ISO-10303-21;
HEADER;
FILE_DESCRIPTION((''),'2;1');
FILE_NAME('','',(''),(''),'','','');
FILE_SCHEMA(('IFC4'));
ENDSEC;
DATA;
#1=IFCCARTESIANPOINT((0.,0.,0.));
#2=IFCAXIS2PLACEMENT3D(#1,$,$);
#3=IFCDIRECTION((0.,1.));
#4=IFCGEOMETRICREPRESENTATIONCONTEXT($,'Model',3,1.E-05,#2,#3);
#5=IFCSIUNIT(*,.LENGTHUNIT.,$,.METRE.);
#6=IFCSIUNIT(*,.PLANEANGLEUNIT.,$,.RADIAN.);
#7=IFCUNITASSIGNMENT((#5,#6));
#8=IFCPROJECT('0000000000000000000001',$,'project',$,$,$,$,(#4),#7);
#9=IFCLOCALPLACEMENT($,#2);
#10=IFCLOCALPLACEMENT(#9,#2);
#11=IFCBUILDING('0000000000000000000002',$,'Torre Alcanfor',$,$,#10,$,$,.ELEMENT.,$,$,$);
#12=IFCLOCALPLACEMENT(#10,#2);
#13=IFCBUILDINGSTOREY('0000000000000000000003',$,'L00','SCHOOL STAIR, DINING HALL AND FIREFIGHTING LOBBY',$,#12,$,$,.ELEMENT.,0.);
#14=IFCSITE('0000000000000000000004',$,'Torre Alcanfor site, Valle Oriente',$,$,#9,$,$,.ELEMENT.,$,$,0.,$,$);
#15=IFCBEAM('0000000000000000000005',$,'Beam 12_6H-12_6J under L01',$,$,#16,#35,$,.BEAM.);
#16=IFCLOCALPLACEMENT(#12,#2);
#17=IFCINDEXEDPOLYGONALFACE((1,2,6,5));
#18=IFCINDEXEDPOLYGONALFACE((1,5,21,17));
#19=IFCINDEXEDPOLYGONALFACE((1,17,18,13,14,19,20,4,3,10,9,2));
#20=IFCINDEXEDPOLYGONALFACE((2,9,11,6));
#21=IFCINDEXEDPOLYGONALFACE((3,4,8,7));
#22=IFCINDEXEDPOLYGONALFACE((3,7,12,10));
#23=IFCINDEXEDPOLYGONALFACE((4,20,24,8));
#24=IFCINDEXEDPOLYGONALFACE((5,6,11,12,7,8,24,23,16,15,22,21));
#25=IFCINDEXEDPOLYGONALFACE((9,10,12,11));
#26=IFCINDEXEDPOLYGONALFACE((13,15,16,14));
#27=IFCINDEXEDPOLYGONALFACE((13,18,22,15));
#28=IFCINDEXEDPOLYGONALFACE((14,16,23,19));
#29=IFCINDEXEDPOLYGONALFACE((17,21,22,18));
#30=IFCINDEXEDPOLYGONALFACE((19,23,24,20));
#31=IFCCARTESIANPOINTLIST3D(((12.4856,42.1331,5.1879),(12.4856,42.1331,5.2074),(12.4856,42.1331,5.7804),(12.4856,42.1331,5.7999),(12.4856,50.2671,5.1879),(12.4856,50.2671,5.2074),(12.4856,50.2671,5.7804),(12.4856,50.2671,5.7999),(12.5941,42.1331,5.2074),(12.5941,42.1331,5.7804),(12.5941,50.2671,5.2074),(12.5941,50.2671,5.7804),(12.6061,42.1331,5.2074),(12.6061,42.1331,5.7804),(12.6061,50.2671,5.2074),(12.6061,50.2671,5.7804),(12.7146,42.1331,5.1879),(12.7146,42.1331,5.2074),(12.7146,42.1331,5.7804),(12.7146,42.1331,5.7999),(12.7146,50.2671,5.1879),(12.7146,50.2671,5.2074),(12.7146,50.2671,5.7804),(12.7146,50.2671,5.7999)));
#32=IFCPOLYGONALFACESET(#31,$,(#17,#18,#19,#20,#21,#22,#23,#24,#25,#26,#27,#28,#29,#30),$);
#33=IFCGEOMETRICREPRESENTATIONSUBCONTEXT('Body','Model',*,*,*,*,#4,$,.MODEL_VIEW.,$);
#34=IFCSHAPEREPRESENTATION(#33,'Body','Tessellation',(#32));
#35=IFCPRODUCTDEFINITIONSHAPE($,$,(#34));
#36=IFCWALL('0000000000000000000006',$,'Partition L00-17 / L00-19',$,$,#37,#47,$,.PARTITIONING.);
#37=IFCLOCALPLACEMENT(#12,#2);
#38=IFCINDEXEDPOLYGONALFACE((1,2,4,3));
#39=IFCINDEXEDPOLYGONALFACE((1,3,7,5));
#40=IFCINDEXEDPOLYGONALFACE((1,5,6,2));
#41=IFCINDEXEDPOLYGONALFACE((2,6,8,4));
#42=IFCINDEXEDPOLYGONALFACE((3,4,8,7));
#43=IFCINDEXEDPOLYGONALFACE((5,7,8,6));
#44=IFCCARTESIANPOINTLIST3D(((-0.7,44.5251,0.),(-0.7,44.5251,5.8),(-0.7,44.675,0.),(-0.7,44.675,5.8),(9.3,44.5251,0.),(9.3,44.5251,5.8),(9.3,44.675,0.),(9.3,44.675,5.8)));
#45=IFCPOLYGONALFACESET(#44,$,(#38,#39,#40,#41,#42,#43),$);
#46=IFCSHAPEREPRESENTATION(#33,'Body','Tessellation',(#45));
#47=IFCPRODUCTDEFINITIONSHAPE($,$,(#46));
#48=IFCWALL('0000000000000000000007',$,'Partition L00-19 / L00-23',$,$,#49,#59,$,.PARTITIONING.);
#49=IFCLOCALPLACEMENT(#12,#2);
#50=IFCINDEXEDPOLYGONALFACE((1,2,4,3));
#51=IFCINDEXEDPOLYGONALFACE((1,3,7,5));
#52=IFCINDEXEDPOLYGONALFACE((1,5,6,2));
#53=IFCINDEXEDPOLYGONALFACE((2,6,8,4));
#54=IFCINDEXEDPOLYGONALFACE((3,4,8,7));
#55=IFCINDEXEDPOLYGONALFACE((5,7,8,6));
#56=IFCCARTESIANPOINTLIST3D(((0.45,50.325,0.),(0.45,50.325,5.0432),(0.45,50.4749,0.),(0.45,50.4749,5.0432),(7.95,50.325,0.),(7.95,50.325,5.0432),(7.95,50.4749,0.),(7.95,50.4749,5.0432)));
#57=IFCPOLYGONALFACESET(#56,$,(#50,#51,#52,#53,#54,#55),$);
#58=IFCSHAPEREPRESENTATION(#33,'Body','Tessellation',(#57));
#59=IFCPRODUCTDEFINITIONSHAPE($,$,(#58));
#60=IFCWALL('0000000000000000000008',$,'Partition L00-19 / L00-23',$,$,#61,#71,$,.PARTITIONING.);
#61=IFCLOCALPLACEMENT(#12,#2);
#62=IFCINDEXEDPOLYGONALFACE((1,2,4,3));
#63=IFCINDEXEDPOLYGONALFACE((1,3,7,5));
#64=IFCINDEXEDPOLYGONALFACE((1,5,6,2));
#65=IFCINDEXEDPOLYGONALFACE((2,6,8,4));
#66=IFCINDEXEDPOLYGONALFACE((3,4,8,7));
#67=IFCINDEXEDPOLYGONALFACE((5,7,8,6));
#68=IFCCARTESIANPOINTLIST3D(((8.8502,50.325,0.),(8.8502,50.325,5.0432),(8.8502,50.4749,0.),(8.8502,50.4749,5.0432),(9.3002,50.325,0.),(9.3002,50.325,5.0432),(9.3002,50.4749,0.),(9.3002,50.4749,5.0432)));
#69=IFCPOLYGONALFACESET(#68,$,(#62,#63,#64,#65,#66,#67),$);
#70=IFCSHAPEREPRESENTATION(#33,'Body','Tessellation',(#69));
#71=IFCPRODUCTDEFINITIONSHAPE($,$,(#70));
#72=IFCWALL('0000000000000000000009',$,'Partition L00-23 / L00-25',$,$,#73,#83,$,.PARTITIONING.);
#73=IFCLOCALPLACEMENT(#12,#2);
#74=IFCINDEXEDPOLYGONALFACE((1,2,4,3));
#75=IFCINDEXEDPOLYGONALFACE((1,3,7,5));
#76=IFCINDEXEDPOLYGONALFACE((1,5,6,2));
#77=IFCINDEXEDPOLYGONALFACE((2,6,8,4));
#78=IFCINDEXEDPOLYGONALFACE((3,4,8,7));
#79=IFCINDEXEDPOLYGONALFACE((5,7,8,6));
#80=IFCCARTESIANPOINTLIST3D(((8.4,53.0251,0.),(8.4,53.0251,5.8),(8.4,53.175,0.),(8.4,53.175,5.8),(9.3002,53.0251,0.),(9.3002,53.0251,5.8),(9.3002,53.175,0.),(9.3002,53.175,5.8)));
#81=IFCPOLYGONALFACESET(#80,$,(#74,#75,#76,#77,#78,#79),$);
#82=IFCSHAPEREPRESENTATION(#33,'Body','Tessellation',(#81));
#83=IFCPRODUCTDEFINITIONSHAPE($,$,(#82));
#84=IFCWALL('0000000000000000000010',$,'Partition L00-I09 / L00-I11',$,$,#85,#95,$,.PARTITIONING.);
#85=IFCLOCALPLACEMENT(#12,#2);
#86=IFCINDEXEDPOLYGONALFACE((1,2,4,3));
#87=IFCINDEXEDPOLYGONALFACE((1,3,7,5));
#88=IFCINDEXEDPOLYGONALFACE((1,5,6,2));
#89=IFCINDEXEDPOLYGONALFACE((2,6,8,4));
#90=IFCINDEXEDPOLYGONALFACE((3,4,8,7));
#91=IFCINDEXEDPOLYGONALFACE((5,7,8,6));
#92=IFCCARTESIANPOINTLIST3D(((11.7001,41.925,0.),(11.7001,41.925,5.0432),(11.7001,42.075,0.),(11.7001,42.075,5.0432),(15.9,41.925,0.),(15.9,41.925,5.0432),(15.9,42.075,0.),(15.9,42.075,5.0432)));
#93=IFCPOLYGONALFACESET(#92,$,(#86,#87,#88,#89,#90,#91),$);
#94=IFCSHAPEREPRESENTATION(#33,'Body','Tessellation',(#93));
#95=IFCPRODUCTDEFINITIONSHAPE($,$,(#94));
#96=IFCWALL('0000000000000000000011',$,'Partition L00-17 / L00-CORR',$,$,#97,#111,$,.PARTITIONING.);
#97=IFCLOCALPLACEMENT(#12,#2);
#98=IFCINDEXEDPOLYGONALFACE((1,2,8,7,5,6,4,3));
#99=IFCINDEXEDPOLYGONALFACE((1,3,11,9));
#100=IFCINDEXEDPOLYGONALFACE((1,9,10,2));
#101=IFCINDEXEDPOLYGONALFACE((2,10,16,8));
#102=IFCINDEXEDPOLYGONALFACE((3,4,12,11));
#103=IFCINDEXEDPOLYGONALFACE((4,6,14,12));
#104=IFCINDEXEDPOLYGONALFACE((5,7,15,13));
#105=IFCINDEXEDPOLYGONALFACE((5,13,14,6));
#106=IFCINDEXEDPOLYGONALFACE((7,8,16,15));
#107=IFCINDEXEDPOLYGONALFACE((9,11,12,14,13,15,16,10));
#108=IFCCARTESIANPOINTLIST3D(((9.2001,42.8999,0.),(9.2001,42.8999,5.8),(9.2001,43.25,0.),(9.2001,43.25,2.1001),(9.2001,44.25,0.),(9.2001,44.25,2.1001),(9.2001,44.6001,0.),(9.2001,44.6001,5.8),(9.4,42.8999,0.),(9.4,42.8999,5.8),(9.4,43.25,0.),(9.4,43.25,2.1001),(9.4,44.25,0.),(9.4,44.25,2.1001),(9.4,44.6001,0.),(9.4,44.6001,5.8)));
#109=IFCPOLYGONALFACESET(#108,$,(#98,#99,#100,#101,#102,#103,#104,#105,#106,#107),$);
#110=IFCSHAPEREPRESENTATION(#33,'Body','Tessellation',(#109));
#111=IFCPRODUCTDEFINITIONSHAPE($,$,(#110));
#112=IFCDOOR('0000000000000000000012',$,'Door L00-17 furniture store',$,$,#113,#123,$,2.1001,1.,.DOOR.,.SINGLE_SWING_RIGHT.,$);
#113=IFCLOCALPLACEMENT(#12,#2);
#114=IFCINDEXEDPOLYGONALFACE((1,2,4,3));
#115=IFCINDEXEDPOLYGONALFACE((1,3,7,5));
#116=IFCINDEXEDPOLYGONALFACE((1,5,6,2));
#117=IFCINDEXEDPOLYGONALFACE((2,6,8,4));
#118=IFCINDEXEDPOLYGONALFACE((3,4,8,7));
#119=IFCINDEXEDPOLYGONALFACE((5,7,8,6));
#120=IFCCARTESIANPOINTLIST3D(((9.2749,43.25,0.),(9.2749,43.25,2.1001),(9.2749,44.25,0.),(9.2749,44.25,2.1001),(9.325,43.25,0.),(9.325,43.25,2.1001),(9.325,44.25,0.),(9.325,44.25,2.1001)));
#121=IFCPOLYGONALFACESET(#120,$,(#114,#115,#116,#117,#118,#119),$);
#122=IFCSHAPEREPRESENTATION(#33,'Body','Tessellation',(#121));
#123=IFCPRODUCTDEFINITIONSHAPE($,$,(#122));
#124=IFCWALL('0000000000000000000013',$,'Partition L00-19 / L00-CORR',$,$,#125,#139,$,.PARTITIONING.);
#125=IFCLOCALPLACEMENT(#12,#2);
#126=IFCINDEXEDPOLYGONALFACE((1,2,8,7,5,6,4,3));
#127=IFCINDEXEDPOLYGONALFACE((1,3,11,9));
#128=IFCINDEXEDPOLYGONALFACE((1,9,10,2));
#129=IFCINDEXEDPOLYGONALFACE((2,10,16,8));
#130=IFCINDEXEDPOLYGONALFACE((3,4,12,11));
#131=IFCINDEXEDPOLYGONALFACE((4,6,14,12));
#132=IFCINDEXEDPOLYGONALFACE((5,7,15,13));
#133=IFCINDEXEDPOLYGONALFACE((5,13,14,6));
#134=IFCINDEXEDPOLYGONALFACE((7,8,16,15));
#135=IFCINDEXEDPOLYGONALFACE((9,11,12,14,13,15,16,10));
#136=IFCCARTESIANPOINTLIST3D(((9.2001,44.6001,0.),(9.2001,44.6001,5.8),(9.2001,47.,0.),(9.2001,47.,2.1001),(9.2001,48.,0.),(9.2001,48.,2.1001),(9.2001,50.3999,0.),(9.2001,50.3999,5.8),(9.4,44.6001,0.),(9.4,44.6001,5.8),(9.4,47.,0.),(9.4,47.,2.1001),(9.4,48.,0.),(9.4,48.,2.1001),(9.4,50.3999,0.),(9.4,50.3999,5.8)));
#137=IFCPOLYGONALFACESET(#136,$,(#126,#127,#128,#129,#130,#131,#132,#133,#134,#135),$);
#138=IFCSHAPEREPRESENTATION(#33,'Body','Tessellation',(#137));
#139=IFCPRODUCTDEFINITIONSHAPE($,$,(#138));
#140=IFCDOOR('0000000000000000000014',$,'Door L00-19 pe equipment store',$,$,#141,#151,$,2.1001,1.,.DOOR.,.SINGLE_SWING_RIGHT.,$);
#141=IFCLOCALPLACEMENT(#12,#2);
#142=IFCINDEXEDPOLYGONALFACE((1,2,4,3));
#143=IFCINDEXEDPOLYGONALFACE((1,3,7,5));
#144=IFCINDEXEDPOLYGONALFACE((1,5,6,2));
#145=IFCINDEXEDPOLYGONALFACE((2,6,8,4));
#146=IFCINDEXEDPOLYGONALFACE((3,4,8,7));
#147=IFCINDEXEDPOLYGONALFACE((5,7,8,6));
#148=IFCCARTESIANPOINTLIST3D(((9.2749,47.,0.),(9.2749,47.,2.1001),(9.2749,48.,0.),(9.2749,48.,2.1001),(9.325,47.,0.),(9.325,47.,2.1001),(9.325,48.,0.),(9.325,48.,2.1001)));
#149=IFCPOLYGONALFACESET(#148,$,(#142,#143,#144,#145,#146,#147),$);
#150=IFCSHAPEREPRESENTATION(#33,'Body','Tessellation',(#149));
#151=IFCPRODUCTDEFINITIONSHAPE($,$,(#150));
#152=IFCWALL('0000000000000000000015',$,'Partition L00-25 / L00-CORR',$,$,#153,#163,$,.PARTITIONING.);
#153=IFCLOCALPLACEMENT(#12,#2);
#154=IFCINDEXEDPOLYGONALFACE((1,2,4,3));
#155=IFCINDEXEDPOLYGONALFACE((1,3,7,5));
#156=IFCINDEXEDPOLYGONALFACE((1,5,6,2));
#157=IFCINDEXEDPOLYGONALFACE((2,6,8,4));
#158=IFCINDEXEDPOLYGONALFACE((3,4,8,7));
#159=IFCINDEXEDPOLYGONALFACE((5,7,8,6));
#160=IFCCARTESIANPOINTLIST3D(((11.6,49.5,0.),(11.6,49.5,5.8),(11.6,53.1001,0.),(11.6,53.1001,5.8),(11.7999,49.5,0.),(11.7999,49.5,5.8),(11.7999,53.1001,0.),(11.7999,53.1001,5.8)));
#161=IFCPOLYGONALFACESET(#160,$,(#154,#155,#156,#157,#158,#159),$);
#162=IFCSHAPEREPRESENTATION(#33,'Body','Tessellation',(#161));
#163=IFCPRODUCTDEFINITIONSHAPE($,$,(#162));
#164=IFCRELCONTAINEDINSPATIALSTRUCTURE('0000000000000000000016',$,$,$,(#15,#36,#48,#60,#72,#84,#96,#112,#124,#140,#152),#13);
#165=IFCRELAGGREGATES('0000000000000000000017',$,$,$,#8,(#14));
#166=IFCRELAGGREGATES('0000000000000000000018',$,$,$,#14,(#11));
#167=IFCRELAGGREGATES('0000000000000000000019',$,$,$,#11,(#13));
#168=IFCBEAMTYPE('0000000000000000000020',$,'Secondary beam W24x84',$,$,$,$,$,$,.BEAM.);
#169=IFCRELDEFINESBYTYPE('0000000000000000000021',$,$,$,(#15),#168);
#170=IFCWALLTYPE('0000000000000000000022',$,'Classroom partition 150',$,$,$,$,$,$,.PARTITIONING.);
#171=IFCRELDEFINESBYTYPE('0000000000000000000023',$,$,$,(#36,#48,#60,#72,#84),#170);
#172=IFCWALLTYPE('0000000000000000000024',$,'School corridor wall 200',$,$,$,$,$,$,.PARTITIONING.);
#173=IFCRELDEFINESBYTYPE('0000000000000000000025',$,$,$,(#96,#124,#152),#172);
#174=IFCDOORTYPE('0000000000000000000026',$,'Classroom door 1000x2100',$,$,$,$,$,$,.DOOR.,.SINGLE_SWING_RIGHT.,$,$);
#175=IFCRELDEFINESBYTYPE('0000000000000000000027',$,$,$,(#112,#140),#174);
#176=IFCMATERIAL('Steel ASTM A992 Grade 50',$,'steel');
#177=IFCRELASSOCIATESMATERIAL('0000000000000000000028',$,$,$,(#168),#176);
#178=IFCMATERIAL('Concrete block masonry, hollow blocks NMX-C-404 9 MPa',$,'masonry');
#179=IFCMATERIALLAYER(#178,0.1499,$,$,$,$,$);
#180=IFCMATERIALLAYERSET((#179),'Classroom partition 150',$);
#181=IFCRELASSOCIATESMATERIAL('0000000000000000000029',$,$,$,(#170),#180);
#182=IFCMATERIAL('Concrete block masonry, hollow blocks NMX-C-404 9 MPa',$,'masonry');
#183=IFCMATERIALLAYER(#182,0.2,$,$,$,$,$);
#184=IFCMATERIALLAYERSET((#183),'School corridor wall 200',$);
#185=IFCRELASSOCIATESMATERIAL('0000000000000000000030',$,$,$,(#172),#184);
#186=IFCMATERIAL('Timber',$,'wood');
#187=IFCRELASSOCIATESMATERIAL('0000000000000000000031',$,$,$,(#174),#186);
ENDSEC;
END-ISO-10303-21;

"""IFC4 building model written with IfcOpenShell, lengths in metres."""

from ifc_helpers import new_model, si_unit, direction, frame, frame_2d, origin, origin_2d, place, context, subcontext, project, spatial, rectangle, i_section, extrude, material, layer, layer_set, material_profile, profile_set, type_object, element, fill, save


model = new_model("IFC4")

# Units and contexts
model_context = context("Model", 3, precision=1e-05, world=origin(), true_north=direction((0.0, 1.0)))
body_context = subcontext(model_context, "Body", "Model", "MODEL_VIEW")
ifc_project = project(units=[si_unit("LENGTHUNIT", "METRE"), si_unit("PLANEANGLEUNIT", "RADIAN")], contexts=[model_context])

# Site, building, storey
site_placement = place(None, origin())
site = spatial("IfcSite", under=ifc_project, at=site_placement, Name="Torre Alcanfor site, Valle Oriente", CompositionType="ELEMENT", RefElevation=0.0)
building_placement = place(site_placement, origin())
building = spatial("IfcBuilding", under=site, at=building_placement, Name="Torre Alcanfor", CompositionType="ELEMENT")
storey_placement = place(building_placement, origin())
storey = spatial("IfcBuildingStorey", under=building, at=storey_placement, Name="L00", Description="SCHOOL STAIR, DINING HALL AND FIREFIGHTING LOBBY", CompositionType="ELEMENT", Elevation=0.0)

# Beam
ifc_material_1 = material(Name="Steel ASTM A992 Grade 50", Category="steel")
ifc_material_profile_1 = material_profile(ifc_material_1, i_section(OverallWidth=0.229, OverallDepth=0.6121, WebThickness=0.012, FlangeThickness=0.0195, at=origin_2d()), Name="W24x84")
ifc_profile_set_1 = profile_set([ifc_material_profile_1], Name="Steel ASTM A992 Grade 50")
beam_type_1 = type_object("IfcBeamType", Name="Secondary beam W24x84", PredefinedType="BEAM", material=ifc_profile_set_1)
beam_1_placement = place(storey_placement, frame((12.6001, 42.1331, 5.4939), z_axis=(0.0, 1.0, 0.0), x_axis=(-1.0, 0.0, 0.0)))
element("IfcBeam", 1, at=beam_1_placement, inside=storey, type_object=beam_type_1, Name="Beam 12_6H-12_6J under L01", PredefinedType="BEAM", context=body_context, shape_type="SweptSolid", body=[
    extrude(i_section(OverallWidth=0.229, OverallDepth=0.6121, WebThickness=0.012, FlangeThickness=0.0195, at=origin_2d()), origin(), (0.0, 0.0, 1.0), 8.134),
])

# Walls
ifc_material_2 = material(Name="Concrete block masonry, hollow blocks NMX-C-404 9 MPa", Category="masonry")
ifc_layer_1 = layer(ifc_material_2, 0.1499)
ifc_layer_set_1 = layer_set([ifc_layer_1], Name="Classroom partition 150")
wall_type_1 = type_object("IfcWallType", Name="Classroom partition 150", PredefinedType="PARTITIONING", material=ifc_layer_set_1)
wall_1_placement = place(storey_placement, frame((-0.7, 44.6001, 0.0), z_axis=(0.0, 0.0, 1.0), x_axis=(1.0, 0.0, 0.0)))
element("IfcWall", 2, at=wall_1_placement, inside=storey, type_object=wall_type_1, Name="Partition L00-17 / L00-19", PredefinedType="PARTITIONING", context=body_context, shape_type="SweptSolid", body=[
    extrude(rectangle(XDim=10.0, YDim=0.1499, at=frame_2d((5.0, 0.0))), origin(), (0.0, 0.0, 1.0), 5.8),
])
wall_2_placement = place(storey_placement, frame((0.45, 50.3999, 0.0), z_axis=(0.0, 0.0, 1.0), x_axis=(1.0, 0.0, 0.0)))
element("IfcWall", 3, at=wall_2_placement, inside=storey, type_object=wall_type_1, Name="Partition L00-19 / L00-23", PredefinedType="PARTITIONING", context=body_context, shape_type="SweptSolid", body=[
    extrude(rectangle(XDim=7.5, YDim=0.1499, at=frame_2d((3.75, 0.0))), origin(), (0.0, 0.0, 1.0), 5.0432),
])
wall_3_placement = place(storey_placement, frame((8.8501, 50.3999, 0.0), z_axis=(0.0, 0.0, 1.0), x_axis=(1.0, 0.0, 0.0)))
element("IfcWall", 4, at=wall_3_placement, inside=storey, type_object=wall_type_1, Name="Partition L00-19 / L00-23", PredefinedType="PARTITIONING", context=body_context, shape_type="SweptSolid", body=[
    extrude(rectangle(XDim=0.45, YDim=0.1499, at=frame_2d((0.2251, 0.0))), origin(), (0.0, 0.0, 1.0), 5.0432),
])
wall_4_placement = place(storey_placement, frame((8.3999, 53.1001, 0.0), z_axis=(0.0, 0.0, 1.0), x_axis=(1.0, 0.0, 0.0)))
element("IfcWall", 5, at=wall_4_placement, inside=storey, type_object=wall_type_1, Name="Partition L00-23 / L00-25", PredefinedType="PARTITIONING", context=body_context, shape_type="SweptSolid", body=[
    extrude(rectangle(XDim=0.9001, YDim=0.1499, at=frame_2d((0.4502, 0.0))), origin(), (0.0, 0.0, 1.0), 5.8),
])
wall_5_placement = place(storey_placement, frame((11.7, 42.0, 0.0), z_axis=(0.0, 0.0, 1.0), x_axis=(1.0, 0.0, 0.0)))
element("IfcWall", 6, at=wall_5_placement, inside=storey, type_object=wall_type_1, Name="Partition L00-I09 / L00-I11", PredefinedType="PARTITIONING", context=body_context, shape_type="SweptSolid", body=[
    extrude(rectangle(XDim=4.2, YDim=0.1499, at=frame_2d((2.1001, 0.0))), origin(), (0.0, 0.0, 1.0), 5.0432),
])

# Walls, openings, doors
ifc_material_3 = material(Name="Concrete block masonry, hollow blocks NMX-C-404 9 MPa", Category="masonry")
ifc_layer_2 = layer(ifc_material_3, 0.2)
ifc_layer_set_2 = layer_set([ifc_layer_2], Name="School corridor wall 200")
wall_type_2 = type_object("IfcWallType", Name="School corridor wall 200", PredefinedType="PARTITIONING", material=ifc_layer_set_2)
wall_6_placement = place(storey_placement, frame((9.3, 44.6001, 0.0), z_axis=(0.0, 0.0, 1.0), x_axis=(0.0, -1.0, 0.0)))
wall_6 = element("IfcWall", 7, at=wall_6_placement, inside=storey, type_object=wall_type_2, Name="Partition L00-17 / L00-CORR", PredefinedType="PARTITIONING", context=body_context, shape_type="SweptSolid", body=[
    extrude(rectangle(XDim=1.7002, YDim=0.2, at=frame_2d((0.8501, 0.0))), origin(), (0.0, 0.0, 1.0), 5.8),
])
opening_1_placement = place(wall_6_placement, frame((0.3501, 0.0, 0.0)))
opening_1 = element("IfcOpeningElement", 8, at=opening_1_placement, cuts=wall_6, PredefinedType="OPENING", context=body_context, shape_type="SweptSolid", body=[
    extrude(rectangle(XDim=1.0, YDim=2.1001, at=frame_2d((0.5, 1.05))), frame((0.0, 0.1099, 0.0), z_axis=(0.0, -1.0, 0.0), x_axis=(1.0, 0.0, 0.0)), (0.0, 0.0, 1.0), 0.22),
])
ifc_material_4 = material(Name="Timber", Category="wood")
door_type = type_object("IfcDoorType", Name="Classroom door 1000x2100", OperationType="SINGLE_SWING_RIGHT", PredefinedType="DOOR", material=ifc_material_4)
door_1_placement = place(opening_1_placement, frame((1.0, 0.0, 0.0), z_axis=(0.0, 0.0, 1.0), x_axis=(-1.0, 0.0, 0.0)))
door_1 = element("IfcDoor", 9, at=door_1_placement, inside=storey, type_object=door_type, Name="Door L00-17 furniture store", OperationType="SINGLE_SWING_RIGHT", OverallHeight=2.1001, OverallWidth=1.0, PredefinedType="DOOR", context=body_context, shape_type="SweptSolid", body=[
    extrude(rectangle(XDim=1.0, YDim=2.1001, at=frame_2d((0.5, 1.05))), frame((0.0, 0.0251, 0.0), z_axis=(0.0, -1.0, 0.0), x_axis=(1.0, 0.0, 0.0)), (0.0, 0.0, 1.0), 0.05),
])
fill(opening_1, door_1)
wall_7_placement = place(storey_placement, frame((9.3, 50.3999, 0.0), z_axis=(0.0, 0.0, 1.0), x_axis=(0.0, -1.0, 0.0)))
wall_7 = element("IfcWall", 10, at=wall_7_placement, inside=storey, type_object=wall_type_2, Name="Partition L00-19 / L00-CORR", PredefinedType="PARTITIONING", context=body_context, shape_type="SweptSolid", body=[
    extrude(rectangle(XDim=5.7998, YDim=0.2, at=frame_2d((2.8999, 0.0))), origin(), (0.0, 0.0, 1.0), 5.8),
])
opening_2_placement = place(wall_7_placement, frame((2.3999, 0.0, 0.0)))
opening_2 = element("IfcOpeningElement", 11, at=opening_2_placement, cuts=wall_7, PredefinedType="OPENING", context=body_context, shape_type="SweptSolid", body=[
    extrude(rectangle(XDim=1.0, YDim=2.1001, at=frame_2d((0.5, 1.05))), frame((0.0, 0.1099, 0.0), z_axis=(0.0, -1.0, 0.0), x_axis=(1.0, 0.0, 0.0)), (0.0, 0.0, 1.0), 0.22),
])
door_2_placement = place(opening_2_placement, frame((1.0, 0.0, 0.0), z_axis=(0.0, 0.0, 1.0), x_axis=(-1.0, 0.0, 0.0)))
door_2 = element("IfcDoor", 12, at=door_2_placement, inside=storey, type_object=door_type, Name="Door L00-19 pe equipment store", OperationType="SINGLE_SWING_RIGHT", OverallHeight=2.1001, OverallWidth=1.0, PredefinedType="DOOR", context=body_context, shape_type="SweptSolid", body=[
    extrude(rectangle(XDim=1.0, YDim=2.1001, at=frame_2d((0.5, 1.05))), frame((0.0, 0.0251, 0.0), z_axis=(0.0, -1.0, 0.0), x_axis=(1.0, 0.0, 0.0)), (0.0, 0.0, 1.0), 0.05),
])
fill(opening_2, door_2)

# Wall
wall_8_placement = place(storey_placement, frame((11.7, 49.5, 0.0), z_axis=(0.0, 0.0, 1.0), x_axis=(0.0, 1.0, 0.0)))
element("IfcWall", 13, at=wall_8_placement, inside=storey, type_object=wall_type_2, Name="Partition L00-25 / L00-CORR", PredefinedType="PARTITIONING", context=body_context, shape_type="SweptSolid", body=[
    extrude(rectangle(XDim=3.6001, YDim=0.2, at=frame_2d((1.8, 0.0))), origin(), (0.0, 0.0, 1.0), 5.8),
])

save(model, "model.ifc")
